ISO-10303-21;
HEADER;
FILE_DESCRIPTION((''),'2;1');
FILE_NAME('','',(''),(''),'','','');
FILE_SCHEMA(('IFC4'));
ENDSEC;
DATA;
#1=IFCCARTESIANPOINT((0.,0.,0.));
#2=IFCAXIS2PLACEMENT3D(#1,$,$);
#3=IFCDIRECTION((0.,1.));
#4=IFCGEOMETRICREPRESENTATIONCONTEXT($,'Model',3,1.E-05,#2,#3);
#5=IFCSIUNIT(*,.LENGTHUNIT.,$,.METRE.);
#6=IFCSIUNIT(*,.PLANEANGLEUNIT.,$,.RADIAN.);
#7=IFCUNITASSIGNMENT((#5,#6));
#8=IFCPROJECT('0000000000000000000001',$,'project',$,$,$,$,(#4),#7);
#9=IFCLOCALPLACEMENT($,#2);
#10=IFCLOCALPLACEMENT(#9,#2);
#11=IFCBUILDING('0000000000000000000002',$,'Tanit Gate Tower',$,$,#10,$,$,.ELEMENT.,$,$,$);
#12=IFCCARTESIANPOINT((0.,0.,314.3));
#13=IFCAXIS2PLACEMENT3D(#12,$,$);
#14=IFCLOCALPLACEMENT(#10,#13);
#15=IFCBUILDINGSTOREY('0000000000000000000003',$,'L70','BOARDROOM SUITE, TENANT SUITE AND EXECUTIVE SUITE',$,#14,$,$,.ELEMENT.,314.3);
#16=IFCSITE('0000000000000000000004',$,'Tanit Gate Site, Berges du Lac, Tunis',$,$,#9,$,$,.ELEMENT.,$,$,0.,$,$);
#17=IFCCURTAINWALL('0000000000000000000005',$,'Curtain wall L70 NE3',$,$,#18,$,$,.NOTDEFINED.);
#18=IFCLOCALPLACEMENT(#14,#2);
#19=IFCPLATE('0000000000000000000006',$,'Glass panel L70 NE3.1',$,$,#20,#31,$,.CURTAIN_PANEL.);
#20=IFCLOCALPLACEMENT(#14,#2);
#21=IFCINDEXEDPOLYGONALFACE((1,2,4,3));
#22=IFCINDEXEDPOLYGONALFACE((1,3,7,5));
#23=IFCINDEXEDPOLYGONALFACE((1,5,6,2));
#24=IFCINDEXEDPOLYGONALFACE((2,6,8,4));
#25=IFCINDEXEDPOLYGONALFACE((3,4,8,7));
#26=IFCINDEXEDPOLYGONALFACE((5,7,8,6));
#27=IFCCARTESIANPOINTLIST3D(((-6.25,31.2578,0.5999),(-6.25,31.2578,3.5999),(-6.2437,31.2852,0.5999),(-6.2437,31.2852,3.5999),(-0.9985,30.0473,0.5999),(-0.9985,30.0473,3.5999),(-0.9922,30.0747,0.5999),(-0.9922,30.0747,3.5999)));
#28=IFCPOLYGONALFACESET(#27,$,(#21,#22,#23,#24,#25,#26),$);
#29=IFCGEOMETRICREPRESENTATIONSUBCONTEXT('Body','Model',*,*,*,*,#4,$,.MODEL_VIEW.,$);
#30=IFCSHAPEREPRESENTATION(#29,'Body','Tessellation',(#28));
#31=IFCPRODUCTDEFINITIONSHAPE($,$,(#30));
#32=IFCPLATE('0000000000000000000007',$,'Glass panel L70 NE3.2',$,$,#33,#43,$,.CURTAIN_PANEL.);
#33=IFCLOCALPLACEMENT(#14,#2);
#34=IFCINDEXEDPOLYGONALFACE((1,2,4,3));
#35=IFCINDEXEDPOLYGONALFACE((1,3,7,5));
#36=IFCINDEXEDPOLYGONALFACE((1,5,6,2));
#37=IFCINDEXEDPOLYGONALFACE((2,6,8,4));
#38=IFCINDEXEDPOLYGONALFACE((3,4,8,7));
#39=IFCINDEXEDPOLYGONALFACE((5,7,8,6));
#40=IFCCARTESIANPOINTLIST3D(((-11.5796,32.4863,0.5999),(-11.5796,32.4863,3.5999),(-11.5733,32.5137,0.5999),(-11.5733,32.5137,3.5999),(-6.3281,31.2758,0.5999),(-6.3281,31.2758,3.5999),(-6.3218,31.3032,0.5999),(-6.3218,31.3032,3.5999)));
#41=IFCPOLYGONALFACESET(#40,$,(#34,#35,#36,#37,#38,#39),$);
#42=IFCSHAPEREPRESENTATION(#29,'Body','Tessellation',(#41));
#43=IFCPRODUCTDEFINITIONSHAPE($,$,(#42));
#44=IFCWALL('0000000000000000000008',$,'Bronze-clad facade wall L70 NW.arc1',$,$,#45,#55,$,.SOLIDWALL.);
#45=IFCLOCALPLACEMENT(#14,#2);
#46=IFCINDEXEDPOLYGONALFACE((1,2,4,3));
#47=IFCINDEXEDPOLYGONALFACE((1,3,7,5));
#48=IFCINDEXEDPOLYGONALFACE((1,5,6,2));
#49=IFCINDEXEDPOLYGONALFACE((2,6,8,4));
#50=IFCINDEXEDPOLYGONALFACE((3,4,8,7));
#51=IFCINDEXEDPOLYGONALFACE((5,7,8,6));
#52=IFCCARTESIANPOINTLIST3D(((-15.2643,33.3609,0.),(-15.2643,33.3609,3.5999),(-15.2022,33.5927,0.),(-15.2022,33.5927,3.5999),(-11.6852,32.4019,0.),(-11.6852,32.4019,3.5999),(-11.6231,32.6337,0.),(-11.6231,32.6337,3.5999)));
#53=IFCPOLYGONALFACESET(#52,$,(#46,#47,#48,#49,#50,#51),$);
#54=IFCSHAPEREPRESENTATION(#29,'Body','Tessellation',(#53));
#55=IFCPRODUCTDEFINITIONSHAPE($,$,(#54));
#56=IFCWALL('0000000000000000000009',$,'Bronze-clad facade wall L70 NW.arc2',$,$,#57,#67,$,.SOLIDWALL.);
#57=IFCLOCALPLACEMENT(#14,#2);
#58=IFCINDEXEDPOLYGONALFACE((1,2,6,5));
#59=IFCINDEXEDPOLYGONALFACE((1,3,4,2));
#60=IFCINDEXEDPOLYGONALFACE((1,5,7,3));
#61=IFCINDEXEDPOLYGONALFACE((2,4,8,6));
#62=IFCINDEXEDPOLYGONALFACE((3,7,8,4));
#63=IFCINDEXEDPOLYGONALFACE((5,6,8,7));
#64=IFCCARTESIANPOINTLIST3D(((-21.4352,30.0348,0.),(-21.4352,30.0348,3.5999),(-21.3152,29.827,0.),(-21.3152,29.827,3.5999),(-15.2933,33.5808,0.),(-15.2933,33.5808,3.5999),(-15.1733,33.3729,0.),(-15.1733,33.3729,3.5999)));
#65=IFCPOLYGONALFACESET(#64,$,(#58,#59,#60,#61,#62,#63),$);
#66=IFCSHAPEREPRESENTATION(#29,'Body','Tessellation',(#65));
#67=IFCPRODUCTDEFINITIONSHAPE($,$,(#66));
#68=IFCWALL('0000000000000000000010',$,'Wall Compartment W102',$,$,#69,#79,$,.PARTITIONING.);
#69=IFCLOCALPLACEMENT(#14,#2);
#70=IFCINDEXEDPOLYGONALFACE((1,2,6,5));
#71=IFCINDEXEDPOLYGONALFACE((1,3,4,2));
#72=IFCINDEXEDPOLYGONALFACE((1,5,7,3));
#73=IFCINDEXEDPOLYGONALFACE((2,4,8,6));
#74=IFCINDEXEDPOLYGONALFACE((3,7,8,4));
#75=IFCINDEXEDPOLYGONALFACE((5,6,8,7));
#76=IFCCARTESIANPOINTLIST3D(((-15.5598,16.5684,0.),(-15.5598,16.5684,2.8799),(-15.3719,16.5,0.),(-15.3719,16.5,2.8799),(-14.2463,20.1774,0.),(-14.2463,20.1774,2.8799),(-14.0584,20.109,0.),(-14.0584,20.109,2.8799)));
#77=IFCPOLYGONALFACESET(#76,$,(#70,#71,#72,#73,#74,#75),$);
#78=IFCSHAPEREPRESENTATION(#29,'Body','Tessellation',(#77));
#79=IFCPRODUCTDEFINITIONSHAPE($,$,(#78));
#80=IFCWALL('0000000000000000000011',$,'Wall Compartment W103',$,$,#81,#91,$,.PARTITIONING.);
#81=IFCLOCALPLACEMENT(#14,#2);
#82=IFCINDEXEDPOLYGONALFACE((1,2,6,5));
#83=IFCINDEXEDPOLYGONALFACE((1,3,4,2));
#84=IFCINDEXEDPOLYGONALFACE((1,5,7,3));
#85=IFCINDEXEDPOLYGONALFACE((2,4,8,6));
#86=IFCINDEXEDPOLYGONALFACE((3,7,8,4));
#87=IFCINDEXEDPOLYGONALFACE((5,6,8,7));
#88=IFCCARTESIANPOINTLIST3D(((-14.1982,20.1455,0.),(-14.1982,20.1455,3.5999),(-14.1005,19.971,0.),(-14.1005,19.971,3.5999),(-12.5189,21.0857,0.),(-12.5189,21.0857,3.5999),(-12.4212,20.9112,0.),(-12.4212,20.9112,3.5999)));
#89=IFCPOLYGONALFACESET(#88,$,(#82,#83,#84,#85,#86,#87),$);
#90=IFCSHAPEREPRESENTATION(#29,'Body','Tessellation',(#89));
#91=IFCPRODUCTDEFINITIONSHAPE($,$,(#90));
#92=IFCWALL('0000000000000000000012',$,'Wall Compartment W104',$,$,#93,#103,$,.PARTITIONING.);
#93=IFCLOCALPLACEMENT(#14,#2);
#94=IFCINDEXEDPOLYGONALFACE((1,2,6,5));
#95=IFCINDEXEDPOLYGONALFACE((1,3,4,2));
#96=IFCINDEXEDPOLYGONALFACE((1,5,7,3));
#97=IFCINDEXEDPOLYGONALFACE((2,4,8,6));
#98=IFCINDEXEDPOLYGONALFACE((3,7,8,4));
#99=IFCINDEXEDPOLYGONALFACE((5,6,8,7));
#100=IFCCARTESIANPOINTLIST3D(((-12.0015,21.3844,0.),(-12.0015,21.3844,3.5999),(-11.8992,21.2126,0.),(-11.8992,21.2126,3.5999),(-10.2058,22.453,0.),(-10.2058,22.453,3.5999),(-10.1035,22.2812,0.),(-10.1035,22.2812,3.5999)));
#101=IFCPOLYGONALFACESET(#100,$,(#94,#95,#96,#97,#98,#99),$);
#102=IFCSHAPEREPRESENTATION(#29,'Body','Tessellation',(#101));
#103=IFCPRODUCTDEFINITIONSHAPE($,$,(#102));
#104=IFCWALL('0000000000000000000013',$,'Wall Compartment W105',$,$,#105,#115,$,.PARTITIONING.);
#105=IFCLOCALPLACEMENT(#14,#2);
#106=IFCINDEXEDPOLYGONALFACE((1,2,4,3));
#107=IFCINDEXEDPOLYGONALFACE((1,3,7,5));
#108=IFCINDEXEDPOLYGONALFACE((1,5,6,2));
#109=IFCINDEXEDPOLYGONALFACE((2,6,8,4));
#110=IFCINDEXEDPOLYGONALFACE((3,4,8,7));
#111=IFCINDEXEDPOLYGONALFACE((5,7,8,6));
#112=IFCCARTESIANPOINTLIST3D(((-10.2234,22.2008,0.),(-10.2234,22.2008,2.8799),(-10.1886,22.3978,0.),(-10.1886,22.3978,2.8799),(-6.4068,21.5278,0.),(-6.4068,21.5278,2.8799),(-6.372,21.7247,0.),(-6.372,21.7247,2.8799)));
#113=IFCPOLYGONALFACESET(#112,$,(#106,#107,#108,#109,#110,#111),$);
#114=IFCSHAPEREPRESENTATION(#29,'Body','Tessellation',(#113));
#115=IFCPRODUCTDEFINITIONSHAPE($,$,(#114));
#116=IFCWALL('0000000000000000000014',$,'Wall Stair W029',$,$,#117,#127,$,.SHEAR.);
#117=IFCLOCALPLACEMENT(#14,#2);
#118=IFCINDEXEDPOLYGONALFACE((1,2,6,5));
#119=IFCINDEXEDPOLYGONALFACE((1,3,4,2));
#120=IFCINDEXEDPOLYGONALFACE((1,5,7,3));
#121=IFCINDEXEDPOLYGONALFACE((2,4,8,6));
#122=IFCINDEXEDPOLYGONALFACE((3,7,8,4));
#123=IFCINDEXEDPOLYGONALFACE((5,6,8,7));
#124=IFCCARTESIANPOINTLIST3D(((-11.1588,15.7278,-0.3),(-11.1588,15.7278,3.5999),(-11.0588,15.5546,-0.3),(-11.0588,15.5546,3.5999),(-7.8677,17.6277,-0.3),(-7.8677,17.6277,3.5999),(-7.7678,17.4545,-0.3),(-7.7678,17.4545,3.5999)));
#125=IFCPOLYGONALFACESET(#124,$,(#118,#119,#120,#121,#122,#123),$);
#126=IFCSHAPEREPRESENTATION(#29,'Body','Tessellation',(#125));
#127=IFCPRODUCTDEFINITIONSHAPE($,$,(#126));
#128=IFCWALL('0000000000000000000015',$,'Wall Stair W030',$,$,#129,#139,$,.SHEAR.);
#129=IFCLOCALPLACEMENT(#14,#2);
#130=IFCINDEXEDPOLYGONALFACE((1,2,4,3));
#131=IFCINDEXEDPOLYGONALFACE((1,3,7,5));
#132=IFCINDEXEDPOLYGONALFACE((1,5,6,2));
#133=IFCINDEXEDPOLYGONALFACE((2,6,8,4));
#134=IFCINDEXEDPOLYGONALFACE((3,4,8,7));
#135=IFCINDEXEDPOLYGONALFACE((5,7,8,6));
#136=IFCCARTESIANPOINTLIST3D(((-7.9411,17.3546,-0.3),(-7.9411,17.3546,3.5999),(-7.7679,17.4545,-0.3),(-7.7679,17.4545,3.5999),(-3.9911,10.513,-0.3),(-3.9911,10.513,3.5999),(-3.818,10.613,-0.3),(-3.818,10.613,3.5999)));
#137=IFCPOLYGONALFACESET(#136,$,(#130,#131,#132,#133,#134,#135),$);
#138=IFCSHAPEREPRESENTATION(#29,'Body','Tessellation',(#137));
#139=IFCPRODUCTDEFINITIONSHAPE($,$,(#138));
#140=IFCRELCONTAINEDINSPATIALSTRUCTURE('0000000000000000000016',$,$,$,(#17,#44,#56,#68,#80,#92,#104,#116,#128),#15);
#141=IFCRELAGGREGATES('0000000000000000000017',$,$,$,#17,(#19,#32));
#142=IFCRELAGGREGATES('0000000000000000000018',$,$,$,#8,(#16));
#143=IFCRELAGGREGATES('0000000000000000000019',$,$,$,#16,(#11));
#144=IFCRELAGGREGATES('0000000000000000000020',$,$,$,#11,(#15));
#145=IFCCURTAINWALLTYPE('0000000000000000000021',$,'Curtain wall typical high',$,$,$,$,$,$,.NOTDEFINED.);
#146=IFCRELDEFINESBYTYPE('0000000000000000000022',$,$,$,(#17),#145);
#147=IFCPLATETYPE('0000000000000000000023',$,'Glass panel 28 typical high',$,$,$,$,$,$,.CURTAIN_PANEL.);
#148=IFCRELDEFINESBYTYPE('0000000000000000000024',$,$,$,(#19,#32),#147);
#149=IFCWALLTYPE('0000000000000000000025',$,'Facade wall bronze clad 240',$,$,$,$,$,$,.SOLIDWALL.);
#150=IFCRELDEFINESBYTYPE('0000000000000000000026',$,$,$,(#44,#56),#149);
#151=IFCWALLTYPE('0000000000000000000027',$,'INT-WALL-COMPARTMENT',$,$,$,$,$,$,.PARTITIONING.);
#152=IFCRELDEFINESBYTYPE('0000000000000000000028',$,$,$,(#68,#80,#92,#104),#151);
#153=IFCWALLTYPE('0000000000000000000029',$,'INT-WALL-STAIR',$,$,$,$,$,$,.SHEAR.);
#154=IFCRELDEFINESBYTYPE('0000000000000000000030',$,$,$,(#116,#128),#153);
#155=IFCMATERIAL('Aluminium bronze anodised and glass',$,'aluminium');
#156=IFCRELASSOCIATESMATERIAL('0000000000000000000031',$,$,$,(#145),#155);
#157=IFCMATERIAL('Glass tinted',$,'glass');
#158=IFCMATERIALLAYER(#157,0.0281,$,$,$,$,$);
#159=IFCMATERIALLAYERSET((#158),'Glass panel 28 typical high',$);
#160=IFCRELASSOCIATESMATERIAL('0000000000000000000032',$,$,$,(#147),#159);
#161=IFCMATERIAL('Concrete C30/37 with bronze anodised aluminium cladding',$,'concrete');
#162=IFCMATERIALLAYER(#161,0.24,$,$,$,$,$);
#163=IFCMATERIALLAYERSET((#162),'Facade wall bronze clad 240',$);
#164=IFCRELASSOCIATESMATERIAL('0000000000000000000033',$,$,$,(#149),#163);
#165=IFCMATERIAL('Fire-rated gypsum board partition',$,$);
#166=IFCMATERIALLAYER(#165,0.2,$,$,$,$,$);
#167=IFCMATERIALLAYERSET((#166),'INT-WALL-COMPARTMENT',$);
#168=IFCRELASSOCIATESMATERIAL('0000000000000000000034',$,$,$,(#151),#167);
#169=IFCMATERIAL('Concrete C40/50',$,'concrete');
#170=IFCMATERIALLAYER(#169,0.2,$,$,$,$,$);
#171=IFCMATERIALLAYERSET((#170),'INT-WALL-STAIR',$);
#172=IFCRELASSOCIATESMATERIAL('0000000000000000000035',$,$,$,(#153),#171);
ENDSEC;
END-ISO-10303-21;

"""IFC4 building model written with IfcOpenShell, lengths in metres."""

from ifc_helpers import new_model, si_unit, direction, frame, frame_2d, origin, origin_2d, place, context, subcontext, project, spatial, rectangle, extrude, material, layer, layer_set, type_object, element, aggregate, save


model = new_model("IFC4")

# Units and contexts
model_context = context("Model", 3, precision=1e-05, world=origin(), true_north=direction((0.0, 1.0)))
body_context = subcontext(model_context, "Body", "Model", "MODEL_VIEW")
ifc_project = project(units=[si_unit("LENGTHUNIT", "METRE"), si_unit("PLANEANGLEUNIT", "RADIAN")], contexts=[model_context])

# Site, building, storey
site_placement = place(None, origin())
site = spatial("IfcSite", under=ifc_project, at=site_placement, Name="Tanit Gate Site, Berges du Lac, Tunis", CompositionType="ELEMENT", RefElevation=0.0)
building_placement = place(site_placement, origin())
building = spatial("IfcBuilding", under=site, at=building_placement, Name="Tanit Gate Tower", CompositionType="ELEMENT")
storey_placement = place(building_placement, frame((0.0, 0.0, 314.3)))
storey = spatial("IfcBuildingStorey", under=building, at=storey_placement, Name="L70", Description="BOARDROOM SUITE, TENANT SUITE AND EXECUTIVE SUITE", CompositionType="ELEMENT", Elevation=314.3)

# Curtain wall
ifc_material_1 = material(Name="Aluminium bronze anodised and glass", Category="aluminium")
curtain_wall_type = type_object("IfcCurtainWallType", Name="Curtain wall typical high", PredefinedType="NOTDEFINED", material=ifc_material_1)
curtain_wall_placement = place(storey_placement, origin())
curtain_wall = element("IfcCurtainWall", 1, at=curtain_wall_placement, inside=storey, type_object=curtain_wall_type, Name="Curtain wall L70 NE3", PredefinedType="NOTDEFINED")

# Plates
ifc_material_2 = material(Name="Glass tinted", Category="glass")
ifc_layer_1 = layer(ifc_material_2, 0.0281)
ifc_layer_set_1 = layer_set([ifc_layer_1], Name="Glass panel 28 typical high")
plate_type = type_object("IfcPlateType", Name="Glass panel 28 typical high", PredefinedType="CURTAIN_PANEL", material=ifc_layer_set_1)
plate_1_placement = place(storey_placement, frame((-3.6211, 30.6663, 0.5999), z_axis=(0.0, 0.0, 1.0), x_axis=(-0.974447, 0.224617, 0.0)))
plate_1 = element("IfcPlate", 2, at=plate_1_placement, type_object=plate_type, Name="Glass panel L70 NE3.1", PredefinedType="CURTAIN_PANEL", context=body_context, shape_type="SweptSolid", body=[
    extrude(rectangle(XDim=5.3892, YDim=0.0281, at=origin_2d()), origin(), (0.0, 0.0, 1.0), 3.0),
])
plate_2_placement = place(storey_placement, frame((-8.9507, 31.8948, 0.5999), z_axis=(0.0, 0.0, 1.0), x_axis=(-0.974447, 0.224617, 0.0)))
plate_2 = element("IfcPlate", 3, at=plate_2_placement, type_object=plate_type, Name="Glass panel L70 NE3.2", PredefinedType="CURTAIN_PANEL", context=body_context, shape_type="SweptSolid", body=[
    extrude(rectangle(XDim=5.3892, YDim=0.0281, at=origin_2d()), origin(), (0.0, 0.0, 1.0), 3.0),
])
aggregate(curtain_wall, [plate_1, plate_2])

# Walls
ifc_material_3 = material(Name="Concrete C30/37 with bronze anodised aluminium cladding", Category="concrete")
ifc_layer_2 = layer(ifc_material_3, 0.24)
ifc_layer_set_2 = layer_set([ifc_layer_2], Name="Facade wall bronze clad 240")
wall_type_1 = type_object("IfcWallType", Name="Facade wall bronze clad 240", PredefinedType="SOLIDWALL", material=ifc_layer_set_2)
wall_1_placement = place(storey_placement, frame((-11.6543, 32.5178, 0.0), z_axis=(0.0, 0.0, 1.0), x_axis=(-0.965928, 0.258811, 0.0)))
element("IfcWall", 4, at=wall_1_placement, inside=storey, type_object=wall_type_1, Name="Bronze-clad facade wall L70 NW.arc1", PredefinedType="SOLIDWALL", context=body_context, shape_type="SweptSolid", body=[
    extrude(rectangle(XDim=3.7053, YDim=0.24, at=frame_2d((1.8525, 0.0))), origin(), (0.0, 0.0, 1.0), 3.5999),
])
wall_2_placement = place(storey_placement, frame((-15.2334, 33.4768, 0.0), z_axis=(0.0, 0.0, 1.0), x_axis=(-0.866031, -0.49999, 0.0)))
element("IfcWall", 5, at=wall_2_placement, inside=storey, type_object=wall_type_1, Name="Bronze-clad facade wall L70 NW.arc2", PredefinedType="SOLIDWALL", context=body_context, shape_type="SweptSolid", body=[
    extrude(rectangle(XDim=7.092, YDim=0.24, at=frame_2d((3.5459, 0.0))), origin(), (0.0, 0.0, 1.0), 3.5999),
])
ifc_material_4 = material(Name="Fire-rated gypsum board partition")
ifc_layer_3 = layer(ifc_material_4, 0.2)
ifc_layer_set_3 = layer_set([ifc_layer_3], Name="INT-WALL-COMPARTMENT")
wall_type_2 = type_object("IfcWallType", Name="INT-WALL-COMPARTMENT", PredefinedType="PARTITIONING", material=ifc_layer_set_3)
wall_3_placement = place(storey_placement, frame((-14.1523, 20.1433, 0.0), z_axis=(0.0, 0.0, 1.0), x_axis=(-0.342008, -0.939697, 0.0)))
element("IfcWall", 6, at=wall_3_placement, inside=storey, type_object=wall_type_2, Name="Wall Compartment W102", PredefinedType="PARTITIONING", context=body_context, shape_type="SweptSolid", body=[
    extrude(rectangle(XDim=3.8406, YDim=0.2, at=frame_2d((1.9204, 0.0))), origin(), (0.0, 0.0, 1.0), 2.8799),
])
wall_4_placement = place(storey_placement, frame((-12.47, 20.9985, 0.0), z_axis=(0.0, 0.0, 1.0), x_axis=(-0.872543, -0.488538, 0.0)))
element("IfcWall", 7, at=wall_4_placement, inside=storey, type_object=wall_type_2, Name="Wall Compartment W103", PredefinedType="PARTITIONING", context=body_context, shape_type="SweptSolid", body=[
    extrude(rectangle(XDim=1.9246, YDim=0.2, at=frame_2d((0.9624, 0.0))), origin(), (0.0, 0.0, 1.0), 3.5999),
])
wall_5_placement = place(storey_placement, frame((-10.1545, 22.3672, 0.0), z_axis=(0.0, 0.0, 1.0), x_axis=(-0.859343, -0.5114, 0.0)))
element("IfcWall", 8, at=wall_5_placement, inside=storey, type_object=wall_type_2, Name="Wall Compartment W104", PredefinedType="PARTITIONING", context=body_context, shape_type="SweptSolid", body=[
    extrude(rectangle(XDim=2.0896, YDim=0.2, at=frame_2d((1.0449, 0.0))), origin(), (0.0, 0.0, 1.0), 3.5999),
])
wall_6_placement = place(storey_placement, frame((-6.3894, 21.6262, 0.0), z_axis=(0.0, 0.0, 1.0), x_axis=(-0.984803, 0.173678, 0.0)))
element("IfcWall", 9, at=wall_6_placement, inside=storey, type_object=wall_type_2, Name="Wall Compartment W105", PredefinedType="PARTITIONING", context=body_context, shape_type="SweptSolid", body=[
    extrude(rectangle(XDim=3.8755, YDim=0.2, at=frame_2d((1.9377, 0.0))), origin(), (0.0, 0.0, 1.0), 2.8799),
])
ifc_material_5 = material(Name="Concrete C40/50", Category="concrete")
ifc_layer_4 = layer(ifc_material_5, 0.2)
ifc_layer_set_4 = layer_set([ifc_layer_4], Name="INT-WALL-STAIR")
wall_type_3 = type_object("IfcWallType", Name="INT-WALL-STAIR", PredefinedType="SHEAR", material=ifc_layer_set_4)
wall_7_placement = place(storey_placement, frame((-7.8179, 17.541, -0.3), z_axis=(0.0, 0.0, 1.0), x_axis=(-0.866044, -0.499967, 0.0)))
element("IfcWall", 10, at=wall_7_placement, inside=storey, type_object=wall_type_3, Name="Wall Stair W029", PredefinedType="SHEAR", context=body_context, shape_type="SweptSolid", body=[
    extrude(rectangle(XDim=3.8, YDim=0.2, at=frame_2d((1.8999, 0.0))), origin(), (0.0, 0.0, 1.0), 3.8999),
])
wall_8_placement = place(storey_placement, frame((-7.8545, 17.4045, -0.3), z_axis=(0.0, 0.0, 1.0), x_axis=(0.499998, -0.866027, 0.0)))
element("IfcWall", 11, at=wall_8_placement, inside=storey, type_object=wall_type_3, Name="Wall Stair W030", PredefinedType="SHEAR", context=body_context, shape_type="SweptSolid", body=[
    extrude(rectangle(XDim=7.8999, YDim=0.2, at=frame_2d((3.95, 0.0))), origin(), (0.0, 0.0, 1.0), 3.8999),
])

save(model, "model.ifc")
